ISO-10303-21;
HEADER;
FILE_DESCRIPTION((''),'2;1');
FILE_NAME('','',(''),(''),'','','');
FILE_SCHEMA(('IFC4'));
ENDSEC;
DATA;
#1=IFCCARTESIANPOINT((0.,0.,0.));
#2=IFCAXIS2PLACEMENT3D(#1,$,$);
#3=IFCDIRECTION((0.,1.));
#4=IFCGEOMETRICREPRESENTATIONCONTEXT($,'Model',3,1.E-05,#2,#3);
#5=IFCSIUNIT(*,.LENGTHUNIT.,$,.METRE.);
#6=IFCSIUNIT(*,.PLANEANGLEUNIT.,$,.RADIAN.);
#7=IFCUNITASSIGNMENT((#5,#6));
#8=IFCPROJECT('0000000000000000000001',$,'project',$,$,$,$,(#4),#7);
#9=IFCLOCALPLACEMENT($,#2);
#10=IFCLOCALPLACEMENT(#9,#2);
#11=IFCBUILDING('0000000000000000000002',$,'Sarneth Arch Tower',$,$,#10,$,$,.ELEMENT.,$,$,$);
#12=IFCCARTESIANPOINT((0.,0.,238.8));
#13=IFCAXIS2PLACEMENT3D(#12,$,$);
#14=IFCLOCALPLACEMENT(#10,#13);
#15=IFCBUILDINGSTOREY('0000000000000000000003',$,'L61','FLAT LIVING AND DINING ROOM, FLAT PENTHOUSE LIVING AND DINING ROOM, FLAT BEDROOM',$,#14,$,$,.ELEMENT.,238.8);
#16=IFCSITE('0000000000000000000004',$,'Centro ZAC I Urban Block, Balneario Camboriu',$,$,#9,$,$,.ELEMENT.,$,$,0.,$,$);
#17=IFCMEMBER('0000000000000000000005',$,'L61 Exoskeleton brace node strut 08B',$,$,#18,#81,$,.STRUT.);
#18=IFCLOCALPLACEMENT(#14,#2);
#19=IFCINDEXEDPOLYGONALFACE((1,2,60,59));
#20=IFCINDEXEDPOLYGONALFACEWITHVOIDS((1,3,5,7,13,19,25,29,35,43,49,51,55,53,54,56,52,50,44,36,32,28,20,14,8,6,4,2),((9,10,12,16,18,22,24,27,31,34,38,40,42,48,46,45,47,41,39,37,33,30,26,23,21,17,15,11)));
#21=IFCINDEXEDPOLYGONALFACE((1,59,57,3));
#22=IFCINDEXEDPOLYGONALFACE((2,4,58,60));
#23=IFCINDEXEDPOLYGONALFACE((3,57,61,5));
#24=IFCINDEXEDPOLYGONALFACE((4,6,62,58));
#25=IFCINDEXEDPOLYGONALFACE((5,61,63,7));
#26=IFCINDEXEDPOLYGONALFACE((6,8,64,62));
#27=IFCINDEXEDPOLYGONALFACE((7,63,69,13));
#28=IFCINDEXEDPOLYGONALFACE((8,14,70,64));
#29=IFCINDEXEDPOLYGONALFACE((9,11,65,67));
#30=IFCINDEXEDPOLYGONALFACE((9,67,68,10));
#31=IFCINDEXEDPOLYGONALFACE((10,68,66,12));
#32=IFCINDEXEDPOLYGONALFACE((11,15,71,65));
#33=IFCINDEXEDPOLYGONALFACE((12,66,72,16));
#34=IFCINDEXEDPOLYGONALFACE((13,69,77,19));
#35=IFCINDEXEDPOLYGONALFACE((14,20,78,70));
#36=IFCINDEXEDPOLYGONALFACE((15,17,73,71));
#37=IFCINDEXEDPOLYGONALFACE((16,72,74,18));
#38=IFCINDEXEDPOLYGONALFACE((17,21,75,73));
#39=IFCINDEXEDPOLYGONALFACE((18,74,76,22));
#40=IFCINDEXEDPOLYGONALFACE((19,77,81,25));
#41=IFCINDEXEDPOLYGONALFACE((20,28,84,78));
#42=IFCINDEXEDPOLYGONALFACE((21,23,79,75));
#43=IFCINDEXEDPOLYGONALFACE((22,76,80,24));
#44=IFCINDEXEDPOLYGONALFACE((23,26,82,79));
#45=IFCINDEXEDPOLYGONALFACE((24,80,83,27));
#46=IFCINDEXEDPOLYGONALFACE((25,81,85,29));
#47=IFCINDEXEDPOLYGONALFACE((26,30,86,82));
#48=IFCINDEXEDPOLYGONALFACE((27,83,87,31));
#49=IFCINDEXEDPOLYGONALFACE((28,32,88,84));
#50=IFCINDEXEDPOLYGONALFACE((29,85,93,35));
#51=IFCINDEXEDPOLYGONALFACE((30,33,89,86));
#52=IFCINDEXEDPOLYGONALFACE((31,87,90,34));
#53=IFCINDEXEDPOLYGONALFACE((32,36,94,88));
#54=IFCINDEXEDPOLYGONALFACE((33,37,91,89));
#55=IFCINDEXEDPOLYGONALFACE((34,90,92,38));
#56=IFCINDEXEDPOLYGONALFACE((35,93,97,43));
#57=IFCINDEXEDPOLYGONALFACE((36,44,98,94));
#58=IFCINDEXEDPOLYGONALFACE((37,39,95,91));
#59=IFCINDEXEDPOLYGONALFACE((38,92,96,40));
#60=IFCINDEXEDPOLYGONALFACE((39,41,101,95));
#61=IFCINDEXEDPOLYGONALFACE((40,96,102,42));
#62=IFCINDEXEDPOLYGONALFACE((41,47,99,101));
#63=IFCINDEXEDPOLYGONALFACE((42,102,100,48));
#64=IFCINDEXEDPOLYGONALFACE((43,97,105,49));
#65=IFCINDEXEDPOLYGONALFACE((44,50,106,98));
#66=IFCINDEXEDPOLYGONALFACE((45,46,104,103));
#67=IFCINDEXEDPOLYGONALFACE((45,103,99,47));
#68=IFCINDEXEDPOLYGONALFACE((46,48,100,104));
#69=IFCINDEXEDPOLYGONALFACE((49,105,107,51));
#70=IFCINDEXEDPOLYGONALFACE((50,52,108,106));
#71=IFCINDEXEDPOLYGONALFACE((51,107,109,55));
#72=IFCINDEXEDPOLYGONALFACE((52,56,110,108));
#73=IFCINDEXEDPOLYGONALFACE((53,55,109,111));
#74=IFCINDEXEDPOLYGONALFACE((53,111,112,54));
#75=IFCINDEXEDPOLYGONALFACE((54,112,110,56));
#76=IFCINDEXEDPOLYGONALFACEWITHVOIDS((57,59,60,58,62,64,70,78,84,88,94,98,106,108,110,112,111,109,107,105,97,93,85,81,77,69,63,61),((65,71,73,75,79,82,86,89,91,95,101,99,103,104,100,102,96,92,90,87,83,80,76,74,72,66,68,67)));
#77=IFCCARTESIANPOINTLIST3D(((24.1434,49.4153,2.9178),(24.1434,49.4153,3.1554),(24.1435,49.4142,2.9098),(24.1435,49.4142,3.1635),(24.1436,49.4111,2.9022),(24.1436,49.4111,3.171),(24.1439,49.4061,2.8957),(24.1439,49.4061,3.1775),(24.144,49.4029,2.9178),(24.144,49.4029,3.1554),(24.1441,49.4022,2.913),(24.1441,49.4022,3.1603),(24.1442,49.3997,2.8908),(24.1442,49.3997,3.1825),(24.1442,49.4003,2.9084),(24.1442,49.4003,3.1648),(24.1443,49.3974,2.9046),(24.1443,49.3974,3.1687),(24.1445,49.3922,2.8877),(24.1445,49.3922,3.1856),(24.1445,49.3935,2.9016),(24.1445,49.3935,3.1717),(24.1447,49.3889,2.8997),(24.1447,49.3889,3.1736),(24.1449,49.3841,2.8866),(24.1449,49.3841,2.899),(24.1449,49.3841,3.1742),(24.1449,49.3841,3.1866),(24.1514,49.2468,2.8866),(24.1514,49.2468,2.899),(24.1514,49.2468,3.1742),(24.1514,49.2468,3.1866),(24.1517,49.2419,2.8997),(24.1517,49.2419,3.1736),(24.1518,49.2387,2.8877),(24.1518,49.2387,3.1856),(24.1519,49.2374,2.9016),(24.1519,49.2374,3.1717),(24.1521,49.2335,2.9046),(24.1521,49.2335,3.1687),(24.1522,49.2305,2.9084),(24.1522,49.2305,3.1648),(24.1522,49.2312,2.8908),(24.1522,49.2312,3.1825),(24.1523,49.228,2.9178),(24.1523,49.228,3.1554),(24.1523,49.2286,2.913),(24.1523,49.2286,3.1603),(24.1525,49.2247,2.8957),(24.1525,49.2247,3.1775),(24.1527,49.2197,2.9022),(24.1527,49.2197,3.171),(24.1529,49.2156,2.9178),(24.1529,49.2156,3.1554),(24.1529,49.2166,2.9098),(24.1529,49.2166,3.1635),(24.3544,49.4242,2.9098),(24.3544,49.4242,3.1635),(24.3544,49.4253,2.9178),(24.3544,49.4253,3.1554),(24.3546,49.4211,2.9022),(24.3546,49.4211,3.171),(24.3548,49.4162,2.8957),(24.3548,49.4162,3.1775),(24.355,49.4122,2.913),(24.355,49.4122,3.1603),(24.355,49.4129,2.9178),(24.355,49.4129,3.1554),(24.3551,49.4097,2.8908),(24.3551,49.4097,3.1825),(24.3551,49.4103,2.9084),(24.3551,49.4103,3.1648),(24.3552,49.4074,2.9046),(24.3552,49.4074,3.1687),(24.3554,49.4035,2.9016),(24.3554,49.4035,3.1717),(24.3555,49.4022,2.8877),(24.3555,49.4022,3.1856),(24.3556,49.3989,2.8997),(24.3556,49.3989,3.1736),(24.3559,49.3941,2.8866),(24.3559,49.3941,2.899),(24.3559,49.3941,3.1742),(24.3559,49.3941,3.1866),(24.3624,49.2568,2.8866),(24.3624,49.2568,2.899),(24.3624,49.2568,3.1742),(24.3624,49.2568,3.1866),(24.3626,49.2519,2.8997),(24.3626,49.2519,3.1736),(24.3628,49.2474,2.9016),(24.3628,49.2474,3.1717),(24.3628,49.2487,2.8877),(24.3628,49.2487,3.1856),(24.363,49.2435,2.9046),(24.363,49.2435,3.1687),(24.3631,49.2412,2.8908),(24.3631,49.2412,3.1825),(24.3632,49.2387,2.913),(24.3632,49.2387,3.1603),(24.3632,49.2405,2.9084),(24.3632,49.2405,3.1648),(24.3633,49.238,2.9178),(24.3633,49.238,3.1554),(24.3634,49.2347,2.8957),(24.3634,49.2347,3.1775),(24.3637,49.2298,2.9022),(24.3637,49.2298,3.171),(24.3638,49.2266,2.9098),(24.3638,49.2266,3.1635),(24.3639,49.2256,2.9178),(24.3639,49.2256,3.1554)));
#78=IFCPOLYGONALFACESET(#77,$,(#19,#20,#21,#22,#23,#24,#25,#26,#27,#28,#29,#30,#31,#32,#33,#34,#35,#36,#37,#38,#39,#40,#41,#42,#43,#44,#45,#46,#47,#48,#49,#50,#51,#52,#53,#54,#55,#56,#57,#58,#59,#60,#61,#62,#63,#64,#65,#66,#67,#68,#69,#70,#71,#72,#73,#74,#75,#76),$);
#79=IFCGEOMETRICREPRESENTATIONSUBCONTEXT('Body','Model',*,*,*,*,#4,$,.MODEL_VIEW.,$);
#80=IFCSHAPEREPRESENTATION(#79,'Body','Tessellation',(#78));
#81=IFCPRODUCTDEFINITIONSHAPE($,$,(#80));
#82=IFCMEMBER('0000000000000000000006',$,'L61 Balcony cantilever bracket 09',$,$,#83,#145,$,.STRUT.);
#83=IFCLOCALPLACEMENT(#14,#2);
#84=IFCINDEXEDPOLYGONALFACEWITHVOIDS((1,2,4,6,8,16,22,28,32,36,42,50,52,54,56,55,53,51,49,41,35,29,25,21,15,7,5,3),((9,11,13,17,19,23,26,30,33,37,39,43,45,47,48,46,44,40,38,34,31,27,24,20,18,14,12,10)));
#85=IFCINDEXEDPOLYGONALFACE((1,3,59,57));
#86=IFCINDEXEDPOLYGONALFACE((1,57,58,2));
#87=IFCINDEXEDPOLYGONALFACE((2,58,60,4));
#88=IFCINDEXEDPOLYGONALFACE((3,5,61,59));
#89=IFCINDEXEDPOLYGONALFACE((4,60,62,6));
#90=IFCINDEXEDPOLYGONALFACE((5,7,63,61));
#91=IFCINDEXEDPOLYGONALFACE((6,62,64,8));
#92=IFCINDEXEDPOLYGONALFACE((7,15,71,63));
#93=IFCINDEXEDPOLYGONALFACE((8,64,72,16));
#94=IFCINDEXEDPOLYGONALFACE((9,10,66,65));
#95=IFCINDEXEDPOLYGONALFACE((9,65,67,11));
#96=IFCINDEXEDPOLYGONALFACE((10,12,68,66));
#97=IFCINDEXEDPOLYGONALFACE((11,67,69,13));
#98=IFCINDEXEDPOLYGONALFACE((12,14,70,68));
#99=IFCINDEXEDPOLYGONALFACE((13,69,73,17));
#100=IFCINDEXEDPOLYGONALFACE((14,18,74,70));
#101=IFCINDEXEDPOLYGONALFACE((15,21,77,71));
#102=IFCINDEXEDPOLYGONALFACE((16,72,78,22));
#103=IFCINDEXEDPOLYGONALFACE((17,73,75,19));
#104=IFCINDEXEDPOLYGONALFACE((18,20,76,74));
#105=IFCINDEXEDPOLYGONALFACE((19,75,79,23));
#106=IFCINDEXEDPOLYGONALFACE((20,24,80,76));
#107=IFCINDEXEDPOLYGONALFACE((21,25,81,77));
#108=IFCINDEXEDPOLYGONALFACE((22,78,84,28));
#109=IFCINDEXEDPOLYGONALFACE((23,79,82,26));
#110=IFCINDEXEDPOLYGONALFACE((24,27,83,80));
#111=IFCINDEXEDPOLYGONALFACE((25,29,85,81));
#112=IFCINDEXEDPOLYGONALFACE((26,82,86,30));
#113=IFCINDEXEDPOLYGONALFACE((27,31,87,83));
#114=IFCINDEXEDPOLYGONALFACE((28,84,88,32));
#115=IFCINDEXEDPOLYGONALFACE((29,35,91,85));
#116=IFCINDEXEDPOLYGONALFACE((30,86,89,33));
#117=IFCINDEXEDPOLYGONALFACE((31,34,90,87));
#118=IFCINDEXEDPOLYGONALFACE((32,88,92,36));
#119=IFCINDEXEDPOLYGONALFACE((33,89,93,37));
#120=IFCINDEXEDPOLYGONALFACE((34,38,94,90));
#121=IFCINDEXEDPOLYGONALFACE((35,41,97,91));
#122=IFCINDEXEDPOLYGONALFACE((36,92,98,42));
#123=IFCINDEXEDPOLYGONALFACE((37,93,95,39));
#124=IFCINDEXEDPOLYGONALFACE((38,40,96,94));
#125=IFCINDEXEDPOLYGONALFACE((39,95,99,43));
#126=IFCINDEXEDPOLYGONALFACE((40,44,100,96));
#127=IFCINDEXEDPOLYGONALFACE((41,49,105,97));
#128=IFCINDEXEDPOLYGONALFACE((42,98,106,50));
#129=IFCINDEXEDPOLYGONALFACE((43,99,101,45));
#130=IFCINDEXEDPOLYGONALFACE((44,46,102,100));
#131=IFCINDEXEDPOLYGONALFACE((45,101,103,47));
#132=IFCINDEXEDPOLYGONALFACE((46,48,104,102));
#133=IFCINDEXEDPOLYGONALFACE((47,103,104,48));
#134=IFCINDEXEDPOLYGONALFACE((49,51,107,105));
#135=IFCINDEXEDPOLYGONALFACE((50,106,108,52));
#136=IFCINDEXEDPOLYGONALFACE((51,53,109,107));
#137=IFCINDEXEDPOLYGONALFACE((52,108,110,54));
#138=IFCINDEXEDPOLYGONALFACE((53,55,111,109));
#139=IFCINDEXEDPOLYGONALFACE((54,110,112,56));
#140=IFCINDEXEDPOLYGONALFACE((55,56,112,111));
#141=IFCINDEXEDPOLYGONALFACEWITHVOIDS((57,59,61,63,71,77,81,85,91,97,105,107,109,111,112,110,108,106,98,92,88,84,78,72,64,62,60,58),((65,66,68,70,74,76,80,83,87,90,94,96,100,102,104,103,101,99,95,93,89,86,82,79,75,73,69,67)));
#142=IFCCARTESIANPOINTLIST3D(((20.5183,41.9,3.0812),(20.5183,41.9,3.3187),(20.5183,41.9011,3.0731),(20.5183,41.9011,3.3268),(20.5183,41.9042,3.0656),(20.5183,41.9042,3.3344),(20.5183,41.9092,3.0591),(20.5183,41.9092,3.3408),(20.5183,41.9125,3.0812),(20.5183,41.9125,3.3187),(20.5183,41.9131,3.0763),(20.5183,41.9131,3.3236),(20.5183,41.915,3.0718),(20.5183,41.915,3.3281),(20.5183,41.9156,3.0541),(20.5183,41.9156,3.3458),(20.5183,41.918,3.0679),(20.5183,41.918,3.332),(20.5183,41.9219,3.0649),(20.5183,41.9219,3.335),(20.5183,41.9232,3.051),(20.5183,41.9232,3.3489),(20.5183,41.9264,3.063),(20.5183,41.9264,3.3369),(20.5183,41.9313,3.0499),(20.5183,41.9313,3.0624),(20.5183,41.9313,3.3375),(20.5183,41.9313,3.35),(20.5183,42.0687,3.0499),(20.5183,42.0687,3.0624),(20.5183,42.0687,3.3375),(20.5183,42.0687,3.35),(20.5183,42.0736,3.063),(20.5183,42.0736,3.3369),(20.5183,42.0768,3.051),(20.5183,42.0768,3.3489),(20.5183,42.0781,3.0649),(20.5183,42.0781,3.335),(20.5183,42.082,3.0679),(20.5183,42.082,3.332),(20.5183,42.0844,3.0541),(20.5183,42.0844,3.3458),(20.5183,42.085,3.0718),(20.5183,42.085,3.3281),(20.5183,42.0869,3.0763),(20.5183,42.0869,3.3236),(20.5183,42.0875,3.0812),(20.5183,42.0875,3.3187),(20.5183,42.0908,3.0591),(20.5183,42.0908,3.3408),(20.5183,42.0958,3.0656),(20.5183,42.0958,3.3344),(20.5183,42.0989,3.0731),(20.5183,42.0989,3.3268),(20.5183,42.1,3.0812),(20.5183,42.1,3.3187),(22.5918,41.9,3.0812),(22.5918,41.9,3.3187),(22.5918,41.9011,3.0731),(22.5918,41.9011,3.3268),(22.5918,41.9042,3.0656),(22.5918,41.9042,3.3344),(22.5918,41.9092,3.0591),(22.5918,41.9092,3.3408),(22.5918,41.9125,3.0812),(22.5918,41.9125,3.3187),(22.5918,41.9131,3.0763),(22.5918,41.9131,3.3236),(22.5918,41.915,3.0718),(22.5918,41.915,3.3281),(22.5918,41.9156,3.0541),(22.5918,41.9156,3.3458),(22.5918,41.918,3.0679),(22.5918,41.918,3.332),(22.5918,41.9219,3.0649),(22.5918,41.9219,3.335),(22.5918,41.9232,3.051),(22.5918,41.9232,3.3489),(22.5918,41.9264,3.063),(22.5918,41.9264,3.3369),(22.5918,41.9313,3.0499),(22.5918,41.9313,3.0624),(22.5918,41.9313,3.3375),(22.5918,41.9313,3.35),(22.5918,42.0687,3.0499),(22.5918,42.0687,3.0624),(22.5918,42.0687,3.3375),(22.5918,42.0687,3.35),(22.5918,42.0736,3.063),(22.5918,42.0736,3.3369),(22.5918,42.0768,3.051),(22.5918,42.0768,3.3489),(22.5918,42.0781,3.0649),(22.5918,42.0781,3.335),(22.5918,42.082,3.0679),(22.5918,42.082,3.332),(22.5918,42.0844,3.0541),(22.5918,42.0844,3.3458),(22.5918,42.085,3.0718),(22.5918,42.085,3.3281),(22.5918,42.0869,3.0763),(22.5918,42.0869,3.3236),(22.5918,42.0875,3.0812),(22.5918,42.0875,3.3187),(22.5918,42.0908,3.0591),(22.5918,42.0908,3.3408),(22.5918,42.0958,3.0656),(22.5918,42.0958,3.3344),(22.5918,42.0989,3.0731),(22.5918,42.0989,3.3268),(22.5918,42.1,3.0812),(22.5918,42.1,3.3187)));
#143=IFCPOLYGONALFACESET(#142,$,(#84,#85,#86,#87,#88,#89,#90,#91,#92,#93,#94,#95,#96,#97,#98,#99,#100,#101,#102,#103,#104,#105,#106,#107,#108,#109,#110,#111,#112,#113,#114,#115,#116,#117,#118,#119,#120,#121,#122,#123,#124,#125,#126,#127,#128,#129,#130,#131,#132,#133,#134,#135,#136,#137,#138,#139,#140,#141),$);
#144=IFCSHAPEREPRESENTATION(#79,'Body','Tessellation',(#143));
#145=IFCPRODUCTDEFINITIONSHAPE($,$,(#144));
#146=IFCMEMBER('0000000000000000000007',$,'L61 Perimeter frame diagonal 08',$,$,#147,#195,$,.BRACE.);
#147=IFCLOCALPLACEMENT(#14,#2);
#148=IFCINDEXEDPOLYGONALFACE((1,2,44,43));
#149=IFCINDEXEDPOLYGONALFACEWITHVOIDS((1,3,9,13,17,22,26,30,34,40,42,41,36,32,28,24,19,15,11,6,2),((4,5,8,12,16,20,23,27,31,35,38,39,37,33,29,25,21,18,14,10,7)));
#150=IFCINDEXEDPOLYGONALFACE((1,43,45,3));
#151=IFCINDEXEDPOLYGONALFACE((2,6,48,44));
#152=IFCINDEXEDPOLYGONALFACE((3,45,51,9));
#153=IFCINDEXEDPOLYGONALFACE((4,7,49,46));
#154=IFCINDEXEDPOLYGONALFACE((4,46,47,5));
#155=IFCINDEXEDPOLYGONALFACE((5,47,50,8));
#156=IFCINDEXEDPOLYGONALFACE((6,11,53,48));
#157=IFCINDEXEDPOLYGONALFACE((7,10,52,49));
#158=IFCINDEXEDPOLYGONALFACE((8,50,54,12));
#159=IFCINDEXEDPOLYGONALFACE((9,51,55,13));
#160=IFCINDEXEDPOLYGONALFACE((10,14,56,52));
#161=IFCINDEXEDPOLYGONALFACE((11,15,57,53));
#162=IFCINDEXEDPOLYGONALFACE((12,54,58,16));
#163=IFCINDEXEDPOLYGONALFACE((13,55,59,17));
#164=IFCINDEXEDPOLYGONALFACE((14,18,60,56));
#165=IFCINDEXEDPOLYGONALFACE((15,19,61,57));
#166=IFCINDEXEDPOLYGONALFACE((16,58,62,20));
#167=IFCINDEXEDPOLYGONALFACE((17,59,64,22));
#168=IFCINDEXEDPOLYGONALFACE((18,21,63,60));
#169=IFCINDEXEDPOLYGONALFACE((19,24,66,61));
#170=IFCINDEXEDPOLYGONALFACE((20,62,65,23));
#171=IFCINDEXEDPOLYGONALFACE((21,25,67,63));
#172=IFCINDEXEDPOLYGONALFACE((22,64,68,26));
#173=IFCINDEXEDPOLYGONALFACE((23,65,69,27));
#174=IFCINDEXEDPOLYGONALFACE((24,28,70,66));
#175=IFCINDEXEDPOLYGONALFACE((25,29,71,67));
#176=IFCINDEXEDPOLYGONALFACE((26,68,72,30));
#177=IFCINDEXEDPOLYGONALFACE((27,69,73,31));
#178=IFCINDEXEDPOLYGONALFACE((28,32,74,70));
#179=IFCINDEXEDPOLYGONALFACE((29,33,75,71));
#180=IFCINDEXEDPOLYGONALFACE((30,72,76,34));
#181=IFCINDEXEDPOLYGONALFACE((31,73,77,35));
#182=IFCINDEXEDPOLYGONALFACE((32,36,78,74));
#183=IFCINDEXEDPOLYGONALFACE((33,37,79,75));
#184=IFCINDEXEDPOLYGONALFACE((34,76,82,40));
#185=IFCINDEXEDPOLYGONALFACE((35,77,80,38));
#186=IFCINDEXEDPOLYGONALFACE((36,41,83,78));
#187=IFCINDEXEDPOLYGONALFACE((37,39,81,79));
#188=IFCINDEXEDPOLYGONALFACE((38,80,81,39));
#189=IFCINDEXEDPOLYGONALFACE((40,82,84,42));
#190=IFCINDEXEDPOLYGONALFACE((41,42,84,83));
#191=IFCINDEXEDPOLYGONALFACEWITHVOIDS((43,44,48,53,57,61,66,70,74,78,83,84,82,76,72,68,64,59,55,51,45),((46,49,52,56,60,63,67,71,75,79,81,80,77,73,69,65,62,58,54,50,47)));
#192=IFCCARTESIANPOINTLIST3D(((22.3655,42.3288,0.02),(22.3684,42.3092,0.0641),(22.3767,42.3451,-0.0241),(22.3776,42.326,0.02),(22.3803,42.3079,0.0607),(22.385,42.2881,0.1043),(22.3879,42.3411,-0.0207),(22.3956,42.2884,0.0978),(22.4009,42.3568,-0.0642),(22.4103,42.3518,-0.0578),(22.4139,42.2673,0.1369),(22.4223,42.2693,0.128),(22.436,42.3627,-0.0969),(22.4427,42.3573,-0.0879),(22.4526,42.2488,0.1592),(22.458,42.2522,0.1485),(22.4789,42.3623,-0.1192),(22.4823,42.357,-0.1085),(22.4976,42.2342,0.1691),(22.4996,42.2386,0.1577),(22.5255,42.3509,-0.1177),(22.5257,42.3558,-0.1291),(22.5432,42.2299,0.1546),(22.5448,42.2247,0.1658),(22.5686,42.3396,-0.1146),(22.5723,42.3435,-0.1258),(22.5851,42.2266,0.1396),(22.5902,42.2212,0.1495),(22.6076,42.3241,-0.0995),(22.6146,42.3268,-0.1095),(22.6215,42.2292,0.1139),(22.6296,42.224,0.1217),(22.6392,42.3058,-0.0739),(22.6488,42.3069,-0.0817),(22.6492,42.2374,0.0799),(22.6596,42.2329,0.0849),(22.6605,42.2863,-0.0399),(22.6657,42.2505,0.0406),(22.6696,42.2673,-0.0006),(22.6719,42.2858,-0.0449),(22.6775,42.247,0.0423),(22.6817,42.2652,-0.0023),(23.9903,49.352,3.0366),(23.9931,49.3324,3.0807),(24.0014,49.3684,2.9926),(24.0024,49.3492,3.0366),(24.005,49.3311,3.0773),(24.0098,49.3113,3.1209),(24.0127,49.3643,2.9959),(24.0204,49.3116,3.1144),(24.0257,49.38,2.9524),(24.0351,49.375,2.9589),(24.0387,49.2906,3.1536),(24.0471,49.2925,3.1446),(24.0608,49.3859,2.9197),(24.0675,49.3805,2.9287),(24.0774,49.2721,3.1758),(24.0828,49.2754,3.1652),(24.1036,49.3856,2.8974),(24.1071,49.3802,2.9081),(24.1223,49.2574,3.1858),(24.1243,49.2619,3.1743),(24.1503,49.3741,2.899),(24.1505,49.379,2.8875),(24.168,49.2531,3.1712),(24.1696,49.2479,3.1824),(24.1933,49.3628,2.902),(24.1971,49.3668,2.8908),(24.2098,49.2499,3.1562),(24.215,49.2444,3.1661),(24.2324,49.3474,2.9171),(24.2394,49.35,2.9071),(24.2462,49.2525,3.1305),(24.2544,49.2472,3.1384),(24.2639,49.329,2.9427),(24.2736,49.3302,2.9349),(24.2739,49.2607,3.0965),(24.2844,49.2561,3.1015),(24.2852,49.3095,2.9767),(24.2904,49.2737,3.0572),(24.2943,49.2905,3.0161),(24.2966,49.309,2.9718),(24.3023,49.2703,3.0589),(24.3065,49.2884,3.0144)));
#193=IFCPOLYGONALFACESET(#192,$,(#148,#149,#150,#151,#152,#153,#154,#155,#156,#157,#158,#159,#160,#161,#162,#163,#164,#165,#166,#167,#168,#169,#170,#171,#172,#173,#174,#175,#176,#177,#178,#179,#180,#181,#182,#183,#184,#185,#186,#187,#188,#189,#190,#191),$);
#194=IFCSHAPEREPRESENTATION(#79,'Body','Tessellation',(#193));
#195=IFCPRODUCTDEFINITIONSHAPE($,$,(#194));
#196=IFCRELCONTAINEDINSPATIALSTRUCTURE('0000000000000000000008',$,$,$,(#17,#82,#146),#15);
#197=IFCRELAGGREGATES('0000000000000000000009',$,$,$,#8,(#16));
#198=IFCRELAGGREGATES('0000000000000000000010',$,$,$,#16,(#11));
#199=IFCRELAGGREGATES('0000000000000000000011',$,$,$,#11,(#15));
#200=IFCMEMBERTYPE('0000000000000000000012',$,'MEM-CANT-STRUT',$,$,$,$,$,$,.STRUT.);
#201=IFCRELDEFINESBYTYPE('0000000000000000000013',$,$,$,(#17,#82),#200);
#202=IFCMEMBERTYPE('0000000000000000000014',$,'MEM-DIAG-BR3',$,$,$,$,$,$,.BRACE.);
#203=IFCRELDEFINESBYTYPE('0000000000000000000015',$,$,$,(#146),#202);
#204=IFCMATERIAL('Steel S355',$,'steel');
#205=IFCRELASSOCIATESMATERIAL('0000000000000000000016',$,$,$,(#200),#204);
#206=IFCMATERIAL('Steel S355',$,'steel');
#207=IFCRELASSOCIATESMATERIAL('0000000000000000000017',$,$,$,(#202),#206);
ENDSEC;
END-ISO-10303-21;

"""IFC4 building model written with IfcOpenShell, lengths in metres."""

from ifc_helpers import new_model, si_unit, direction, frame, origin, origin_2d, place, context, subcontext, project, spatial, hollow_rectangle, hollow_circle, extrude, material, material_profile, profile_set, type_object, element, save


model = new_model("IFC4")

# Units and contexts
model_context = context("Model", 3, precision=1e-05, world=origin(), true_north=direction((0.0, 1.0)))
body_context = subcontext(model_context, "Body", "Model", "MODEL_VIEW")
ifc_project = project(units=[si_unit("LENGTHUNIT", "METRE"), si_unit("PLANEANGLEUNIT", "RADIAN")], contexts=[model_context])

# Site, building, storey
site_placement = place(None, origin())
site = spatial("IfcSite", under=ifc_project, at=site_placement, Name="Centro ZAC I Urban Block, Balneario Camboriu", CompositionType="ELEMENT", RefElevation=0.0)
building_placement = place(site_placement, origin())
building = spatial("IfcBuilding", under=site, at=building_placement, Name="Sarneth Arch Tower", CompositionType="ELEMENT")
storey_placement = place(building_placement, frame((0.0, 0.0, 238.8)))
storey = spatial("IfcBuildingStorey", under=building, at=storey_placement, Name="L61", Description="FLAT LIVING AND DINING ROOM, FLAT PENTHOUSE LIVING AND DINING ROOM, FLAT BEDROOM", CompositionType="ELEMENT", Elevation=238.8)

# Members
ifc_material_1 = material(Name="Steel S355", Category="steel")
ifc_material_profile_1 = material_profile(ifc_material_1, hollow_rectangle(XDim=0.2, YDim=0.3, WallThickness=0.0125, InnerFilletRadius=0.0188, OuterFilletRadius=0.0312, at=origin_2d()), Name="RHS300x200x12.5")
ifc_profile_set_1 = profile_set([ifc_material_profile_1], Name="Steel S355")
member_type_1 = type_object("IfcMemberType", Name="MEM-CANT-STRUT", PredefinedType="STRUT", material=ifc_profile_set_1)
member_1_placement = place(storey_placement, frame((24.3591, 49.3254, 3.0366), z_axis=(-0.998876, -0.0474, 0.0), x_axis=(0.0474, -0.998876, 0.0)))
element("IfcMember", 1, at=member_1_placement, inside=storey, type_object=member_type_1, Name="L61 Exoskeleton brace node strut 08B", PredefinedType="STRUT", context=body_context, shape_type="SweptSolid", body=[
    extrude(hollow_rectangle(XDim=0.2, YDim=0.3, WallThickness=0.0125, InnerFilletRadius=0.0188, OuterFilletRadius=0.0312, at=origin_2d()), origin(), (0.0, 0.0, 1.0), 0.2112),
])
member_2_placement = place(storey_placement, frame((22.5918, 42.0, 3.2), z_axis=(-1.0, 0.0, 0.0), x_axis=(0.0, -1.0, 0.0)))
element("IfcMember", 2, at=member_2_placement, inside=storey, type_object=member_type_1, Name="L61 Balcony cantilever bracket 09", PredefinedType="STRUT", context=body_context, shape_type="SweptSolid", body=[
    extrude(hollow_rectangle(XDim=0.2, YDim=0.3, WallThickness=0.0125, InnerFilletRadius=0.0188, OuterFilletRadius=0.0312, at=origin_2d()), origin(), (0.0, 0.0, 1.0), 2.0735),
])
ifc_material_2 = material(Name="Steel S355", Category="steel")
ifc_material_profile_2 = material_profile(ifc_material_2, hollow_circle(Radius=0.1621, WallThickness=0.0125, at=origin_2d()), Name="CHS324x12.5")
ifc_profile_set_2 = profile_set([ifc_material_profile_2], Name="Steel S355")
member_type_2 = type_object("IfcMemberType", Name="MEM-DIAG-BR3", PredefinedType="BRACE", material=ifc_profile_set_2)
member_3_placement = place(storey_placement, frame((22.5234, 42.2922, 0.02), z_axis=(0.207918, 0.898749, 0.386031), x_axis=(-0.974269, 0.225389, 0.0)))
element("IfcMember", 3, at=member_3_placement, inside=storey, type_object=member_type_2, Name="L61 Perimeter frame diagonal 08", PredefinedType="BRACE", context=body_context, shape_type="SweptSolid", body=[
    extrude(hollow_circle(Radius=0.1621, WallThickness=0.0125, at=origin_2d()), origin(), (0.0, 0.0, 1.0), 7.8145),
])

save(model, "model.ifc")
